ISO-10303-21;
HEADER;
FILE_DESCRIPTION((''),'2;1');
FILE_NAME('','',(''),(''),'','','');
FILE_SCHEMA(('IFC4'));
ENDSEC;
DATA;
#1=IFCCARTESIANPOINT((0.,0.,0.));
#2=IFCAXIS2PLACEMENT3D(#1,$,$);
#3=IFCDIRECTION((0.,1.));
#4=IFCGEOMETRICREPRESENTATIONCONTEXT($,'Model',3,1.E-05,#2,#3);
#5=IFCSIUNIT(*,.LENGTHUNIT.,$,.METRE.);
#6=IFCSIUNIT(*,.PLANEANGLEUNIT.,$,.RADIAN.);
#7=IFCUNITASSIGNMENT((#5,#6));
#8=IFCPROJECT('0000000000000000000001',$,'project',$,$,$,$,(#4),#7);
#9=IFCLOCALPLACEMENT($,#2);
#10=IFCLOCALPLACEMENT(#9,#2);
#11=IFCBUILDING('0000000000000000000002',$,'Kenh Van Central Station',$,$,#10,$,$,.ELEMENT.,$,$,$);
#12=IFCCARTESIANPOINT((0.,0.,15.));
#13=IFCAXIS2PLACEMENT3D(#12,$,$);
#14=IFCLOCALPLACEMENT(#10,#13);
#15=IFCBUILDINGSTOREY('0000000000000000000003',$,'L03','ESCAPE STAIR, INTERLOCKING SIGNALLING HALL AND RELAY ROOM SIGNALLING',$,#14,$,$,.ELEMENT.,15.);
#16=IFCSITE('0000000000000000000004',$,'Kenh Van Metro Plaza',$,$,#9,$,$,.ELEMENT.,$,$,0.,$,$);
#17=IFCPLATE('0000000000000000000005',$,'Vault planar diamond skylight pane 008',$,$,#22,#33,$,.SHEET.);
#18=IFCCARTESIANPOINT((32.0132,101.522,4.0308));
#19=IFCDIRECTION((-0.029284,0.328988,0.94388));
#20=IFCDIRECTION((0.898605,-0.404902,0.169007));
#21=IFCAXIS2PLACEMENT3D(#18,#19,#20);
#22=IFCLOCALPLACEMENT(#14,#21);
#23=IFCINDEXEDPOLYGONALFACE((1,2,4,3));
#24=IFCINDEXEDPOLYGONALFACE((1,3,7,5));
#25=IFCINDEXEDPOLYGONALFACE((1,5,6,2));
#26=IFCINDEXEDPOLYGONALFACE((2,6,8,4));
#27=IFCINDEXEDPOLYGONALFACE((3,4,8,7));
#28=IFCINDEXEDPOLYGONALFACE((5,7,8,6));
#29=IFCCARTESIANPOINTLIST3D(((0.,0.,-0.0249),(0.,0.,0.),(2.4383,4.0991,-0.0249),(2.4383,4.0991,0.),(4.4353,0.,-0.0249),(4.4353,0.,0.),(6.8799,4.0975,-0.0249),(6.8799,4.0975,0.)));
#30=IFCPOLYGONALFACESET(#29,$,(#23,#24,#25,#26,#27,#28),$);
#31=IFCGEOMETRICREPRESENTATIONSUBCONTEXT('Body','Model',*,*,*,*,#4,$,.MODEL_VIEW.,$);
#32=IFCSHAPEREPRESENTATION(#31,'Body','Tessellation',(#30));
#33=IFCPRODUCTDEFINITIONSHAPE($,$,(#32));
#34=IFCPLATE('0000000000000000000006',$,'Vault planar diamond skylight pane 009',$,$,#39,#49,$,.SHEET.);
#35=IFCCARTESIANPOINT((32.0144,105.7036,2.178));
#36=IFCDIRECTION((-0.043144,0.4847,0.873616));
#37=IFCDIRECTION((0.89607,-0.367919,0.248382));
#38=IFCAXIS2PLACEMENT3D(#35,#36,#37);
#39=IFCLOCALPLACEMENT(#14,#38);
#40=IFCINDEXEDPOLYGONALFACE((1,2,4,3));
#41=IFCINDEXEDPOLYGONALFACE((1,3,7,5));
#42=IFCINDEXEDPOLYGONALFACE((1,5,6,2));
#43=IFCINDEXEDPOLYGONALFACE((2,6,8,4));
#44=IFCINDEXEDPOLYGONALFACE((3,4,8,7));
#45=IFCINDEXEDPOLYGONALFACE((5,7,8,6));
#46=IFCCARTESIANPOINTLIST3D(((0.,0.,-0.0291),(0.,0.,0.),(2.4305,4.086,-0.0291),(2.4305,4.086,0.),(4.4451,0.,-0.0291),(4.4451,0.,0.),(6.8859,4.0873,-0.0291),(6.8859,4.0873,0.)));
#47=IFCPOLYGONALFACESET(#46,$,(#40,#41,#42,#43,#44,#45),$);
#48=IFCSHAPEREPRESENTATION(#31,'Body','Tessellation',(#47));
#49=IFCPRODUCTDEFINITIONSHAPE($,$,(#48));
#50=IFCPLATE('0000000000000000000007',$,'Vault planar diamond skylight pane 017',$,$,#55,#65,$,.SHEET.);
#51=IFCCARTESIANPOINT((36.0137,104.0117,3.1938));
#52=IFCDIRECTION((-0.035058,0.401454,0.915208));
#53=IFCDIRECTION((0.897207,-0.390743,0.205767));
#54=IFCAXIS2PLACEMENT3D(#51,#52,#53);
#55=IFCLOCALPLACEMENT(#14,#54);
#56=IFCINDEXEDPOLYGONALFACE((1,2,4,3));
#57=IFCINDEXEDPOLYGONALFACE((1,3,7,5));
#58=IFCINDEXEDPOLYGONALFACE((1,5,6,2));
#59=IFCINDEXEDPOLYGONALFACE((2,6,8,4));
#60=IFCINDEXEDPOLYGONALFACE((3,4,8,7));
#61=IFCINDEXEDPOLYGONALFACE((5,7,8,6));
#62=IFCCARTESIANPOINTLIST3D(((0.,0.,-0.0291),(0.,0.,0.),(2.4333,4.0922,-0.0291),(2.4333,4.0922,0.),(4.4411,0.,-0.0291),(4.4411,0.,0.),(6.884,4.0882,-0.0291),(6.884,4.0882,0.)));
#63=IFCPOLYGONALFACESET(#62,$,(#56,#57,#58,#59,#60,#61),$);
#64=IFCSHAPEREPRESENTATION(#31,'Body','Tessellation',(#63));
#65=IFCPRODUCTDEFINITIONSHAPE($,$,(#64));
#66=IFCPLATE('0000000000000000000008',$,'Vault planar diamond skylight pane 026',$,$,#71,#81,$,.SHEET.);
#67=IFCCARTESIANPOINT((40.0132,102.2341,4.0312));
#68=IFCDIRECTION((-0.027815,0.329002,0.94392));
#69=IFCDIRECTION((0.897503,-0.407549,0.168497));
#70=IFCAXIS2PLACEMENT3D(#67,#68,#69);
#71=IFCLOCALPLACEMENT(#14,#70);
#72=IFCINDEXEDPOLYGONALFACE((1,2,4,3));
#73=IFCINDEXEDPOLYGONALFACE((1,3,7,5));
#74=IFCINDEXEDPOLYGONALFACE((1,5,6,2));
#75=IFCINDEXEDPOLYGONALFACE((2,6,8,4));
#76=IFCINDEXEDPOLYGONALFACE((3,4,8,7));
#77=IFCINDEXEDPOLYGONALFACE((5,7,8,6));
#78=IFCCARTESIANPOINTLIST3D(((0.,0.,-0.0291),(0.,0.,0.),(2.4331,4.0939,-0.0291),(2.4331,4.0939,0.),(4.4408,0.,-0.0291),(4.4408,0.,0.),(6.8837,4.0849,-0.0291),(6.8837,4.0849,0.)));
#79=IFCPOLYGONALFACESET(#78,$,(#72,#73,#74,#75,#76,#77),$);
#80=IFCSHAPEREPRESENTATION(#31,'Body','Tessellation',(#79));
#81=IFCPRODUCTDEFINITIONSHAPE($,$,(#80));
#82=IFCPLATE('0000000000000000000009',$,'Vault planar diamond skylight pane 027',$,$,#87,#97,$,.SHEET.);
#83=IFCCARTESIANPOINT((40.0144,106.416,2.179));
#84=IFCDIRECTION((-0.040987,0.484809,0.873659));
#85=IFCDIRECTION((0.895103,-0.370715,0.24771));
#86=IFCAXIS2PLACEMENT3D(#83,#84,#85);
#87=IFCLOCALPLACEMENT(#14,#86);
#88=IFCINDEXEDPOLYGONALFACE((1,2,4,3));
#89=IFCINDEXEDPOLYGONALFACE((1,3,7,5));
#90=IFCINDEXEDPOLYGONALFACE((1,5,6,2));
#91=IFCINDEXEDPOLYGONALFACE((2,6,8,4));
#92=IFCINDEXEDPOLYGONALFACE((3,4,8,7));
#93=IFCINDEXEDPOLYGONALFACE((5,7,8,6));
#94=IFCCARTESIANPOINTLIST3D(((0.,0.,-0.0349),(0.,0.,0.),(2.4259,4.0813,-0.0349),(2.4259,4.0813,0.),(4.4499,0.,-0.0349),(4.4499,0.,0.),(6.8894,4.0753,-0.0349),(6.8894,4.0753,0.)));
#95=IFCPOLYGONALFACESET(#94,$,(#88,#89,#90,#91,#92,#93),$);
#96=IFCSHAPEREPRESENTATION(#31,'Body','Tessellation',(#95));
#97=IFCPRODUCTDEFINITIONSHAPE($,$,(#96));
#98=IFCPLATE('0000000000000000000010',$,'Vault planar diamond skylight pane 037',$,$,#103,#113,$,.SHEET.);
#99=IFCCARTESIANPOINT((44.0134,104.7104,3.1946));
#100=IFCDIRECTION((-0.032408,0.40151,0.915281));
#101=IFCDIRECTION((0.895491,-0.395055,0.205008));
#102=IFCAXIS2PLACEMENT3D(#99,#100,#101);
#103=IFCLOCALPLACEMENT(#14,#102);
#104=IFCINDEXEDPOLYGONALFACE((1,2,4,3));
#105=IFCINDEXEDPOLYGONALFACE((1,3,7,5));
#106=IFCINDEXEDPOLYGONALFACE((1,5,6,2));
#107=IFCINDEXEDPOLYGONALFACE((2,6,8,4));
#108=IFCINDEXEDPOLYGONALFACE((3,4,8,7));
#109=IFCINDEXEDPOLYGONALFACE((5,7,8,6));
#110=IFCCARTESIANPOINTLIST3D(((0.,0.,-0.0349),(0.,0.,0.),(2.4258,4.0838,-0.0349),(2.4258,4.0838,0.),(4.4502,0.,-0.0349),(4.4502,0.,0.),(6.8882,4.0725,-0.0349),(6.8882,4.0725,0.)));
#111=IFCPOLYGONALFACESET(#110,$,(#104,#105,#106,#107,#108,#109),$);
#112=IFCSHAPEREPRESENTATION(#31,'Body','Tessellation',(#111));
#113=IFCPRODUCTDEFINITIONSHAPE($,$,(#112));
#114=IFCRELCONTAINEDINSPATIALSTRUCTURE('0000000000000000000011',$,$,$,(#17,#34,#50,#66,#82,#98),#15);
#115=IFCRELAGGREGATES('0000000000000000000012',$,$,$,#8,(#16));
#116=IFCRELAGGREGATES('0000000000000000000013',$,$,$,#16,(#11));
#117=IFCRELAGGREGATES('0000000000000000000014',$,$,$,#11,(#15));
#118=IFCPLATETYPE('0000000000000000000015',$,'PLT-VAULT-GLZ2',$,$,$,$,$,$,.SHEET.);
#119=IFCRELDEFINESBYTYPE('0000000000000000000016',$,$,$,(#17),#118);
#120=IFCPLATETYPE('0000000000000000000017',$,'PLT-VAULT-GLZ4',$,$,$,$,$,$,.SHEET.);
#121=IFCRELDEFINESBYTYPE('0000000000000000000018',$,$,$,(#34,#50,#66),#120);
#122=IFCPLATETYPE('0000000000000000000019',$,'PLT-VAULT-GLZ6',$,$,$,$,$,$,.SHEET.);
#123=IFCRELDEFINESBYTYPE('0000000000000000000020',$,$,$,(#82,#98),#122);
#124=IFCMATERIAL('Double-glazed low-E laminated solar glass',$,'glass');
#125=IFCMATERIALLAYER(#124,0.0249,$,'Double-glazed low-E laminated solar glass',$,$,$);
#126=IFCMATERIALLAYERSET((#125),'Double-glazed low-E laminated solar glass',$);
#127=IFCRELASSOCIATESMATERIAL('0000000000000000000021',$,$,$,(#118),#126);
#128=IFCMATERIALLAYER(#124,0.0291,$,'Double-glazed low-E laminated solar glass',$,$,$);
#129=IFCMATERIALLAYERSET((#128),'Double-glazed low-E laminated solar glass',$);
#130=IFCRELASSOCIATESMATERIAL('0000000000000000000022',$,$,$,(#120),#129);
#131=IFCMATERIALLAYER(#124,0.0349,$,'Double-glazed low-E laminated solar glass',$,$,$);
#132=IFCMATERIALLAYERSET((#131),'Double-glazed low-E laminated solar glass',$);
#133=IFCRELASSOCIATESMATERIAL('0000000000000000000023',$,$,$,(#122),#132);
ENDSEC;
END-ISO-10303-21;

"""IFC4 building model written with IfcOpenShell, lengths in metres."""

from ifc_helpers import new_model, si_unit, direction, frame, origin, place, context, subcontext, project, spatial, polyline, outline, extrude, material, layer, layer_set, type_object, element, save


model = new_model("IFC4")

# Units and contexts
model_context = context("Model", 3, precision=1e-05, world=origin(), true_north=direction((0.0, 1.0)))
body_context = subcontext(model_context, "Body", "Model", "MODEL_VIEW")
ifc_project = project(units=[si_unit("LENGTHUNIT", "METRE"), si_unit("PLANEANGLEUNIT", "RADIAN")], contexts=[model_context])

# Site, building, storey
site_placement = place(None, origin())
site = spatial("IfcSite", under=ifc_project, at=site_placement, Name="Kenh Van Metro Plaza", CompositionType="ELEMENT", RefElevation=0.0)
building_placement = place(site_placement, origin())
building = spatial("IfcBuilding", under=site, at=building_placement, Name="Kenh Van Central Station", CompositionType="ELEMENT")
storey_placement = place(building_placement, frame((0.0, 0.0, 15.0)))
storey = spatial("IfcBuildingStorey", under=building, at=storey_placement, Name="L03", Description="ESCAPE STAIR, INTERLOCKING SIGNALLING HALL AND RELAY ROOM SIGNALLING", CompositionType="ELEMENT", Elevation=15.0)

# Plates
ifc_material_1 = material(Name="Double-glazed low-E laminated solar glass", Category="glass")
ifc_layer_1 = layer(ifc_material_1, 0.0249, Name="Double-glazed low-E laminated solar glass")
ifc_layer_set_1 = layer_set([ifc_layer_1], Name="Double-glazed low-E laminated solar glass")
plate_type_1 = type_object("IfcPlateType", Name="PLT-VAULT-GLZ2", PredefinedType="SHEET", material=ifc_layer_set_1)
plate_1_placement = place(storey_placement, frame((32.0132, 101.522, 4.0308), z_axis=(-0.029284, 0.328988, 0.94388), x_axis=(0.898605, -0.404902, 0.169007)))
element("IfcPlate", 1, at=plate_1_placement, inside=storey, type_object=plate_type_1, Name="Vault planar diamond skylight pane 008", PredefinedType="SHEET", context=body_context, shape_type="SweptSolid", body=[
    extrude(outline(polyline([(0.0, 0.0), (4.4353, 0.0), (6.8799, 4.0975), (2.4383, 4.0991), (0.0, 0.0)])), origin(), (0.0, 0.0, -1.0), 0.0249),
])
ifc_layer_2 = layer(ifc_material_1, 0.0291, Name="Double-glazed low-E laminated solar glass")
ifc_layer_set_2 = layer_set([ifc_layer_2], Name="Double-glazed low-E laminated solar glass")
plate_type_2 = type_object("IfcPlateType", Name="PLT-VAULT-GLZ4", PredefinedType="SHEET", material=ifc_layer_set_2)
plate_2_placement = place(storey_placement, frame((32.0144, 105.7036, 2.178), z_axis=(-0.043144, 0.4847, 0.873616), x_axis=(0.89607, -0.367919, 0.248382)))
element("IfcPlate", 2, at=plate_2_placement, inside=storey, type_object=plate_type_2, Name="Vault planar diamond skylight pane 009", PredefinedType="SHEET", context=body_context, shape_type="SweptSolid", body=[
    extrude(outline(polyline([(0.0, 0.0), (4.4451, 0.0), (6.8859, 4.0873), (2.4305, 4.086), (0.0, 0.0)])), origin(), (0.0, 0.0, -1.0), 0.0291),
])
plate_3_placement = place(storey_placement, frame((36.0137, 104.0117, 3.1938), z_axis=(-0.035058, 0.401454, 0.915208), x_axis=(0.897207, -0.390743, 0.205767)))
element("IfcPlate", 3, at=plate_3_placement, inside=storey, type_object=plate_type_2, Name="Vault planar diamond skylight pane 017", PredefinedType="SHEET", context=body_context, shape_type="SweptSolid", body=[
    extrude(outline(polyline([(0.0, 0.0), (4.4411, 0.0), (6.884, 4.0882), (2.4333, 4.0922), (0.0, 0.0)])), origin(), (0.0, 0.0, -1.0), 0.0291),
])
plate_4_placement = place(storey_placement, frame((40.0132, 102.2341, 4.0312), z_axis=(-0.027815, 0.329002, 0.94392), x_axis=(0.897503, -0.407549, 0.168497)))
element("IfcPlate", 4, at=plate_4_placement, inside=storey, type_object=plate_type_2, Name="Vault planar diamond skylight pane 026", PredefinedType="SHEET", context=body_context, shape_type="SweptSolid", body=[
    extrude(outline(polyline([(0.0, 0.0), (4.4408, 0.0), (6.8837, 4.0849), (2.4331, 4.0939), (0.0, 0.0)])), origin(), (0.0, 0.0, -1.0), 0.0291),
])
ifc_layer_3 = layer(ifc_material_1, 0.0349, Name="Double-glazed low-E laminated solar glass")
ifc_layer_set_3 = layer_set([ifc_layer_3], Name="Double-glazed low-E laminated solar glass")
plate_type_3 = type_object("IfcPlateType", Name="PLT-VAULT-GLZ6", PredefinedType="SHEET", material=ifc_layer_set_3)
plate_5_placement = place(storey_placement, frame((40.0144, 106.416, 2.179), z_axis=(-0.040987, 0.484809, 0.873659), x_axis=(0.895103, -0.370715, 0.24771)))
element("IfcPlate", 5, at=plate_5_placement, inside=storey, type_object=plate_type_3, Name="Vault planar diamond skylight pane 027", PredefinedType="SHEET", context=body_context, shape_type="SweptSolid", body=[
    extrude(outline(polyline([(0.0, 0.0), (4.4499, 0.0), (6.8894, 4.0753), (2.4259, 4.0813), (0.0, 0.0)])), origin(), (0.0, 0.0, -1.0), 0.0349),
])
plate_6_placement = place(storey_placement, frame((44.0134, 104.7104, 3.1946), z_axis=(-0.032408, 0.40151, 0.915281), x_axis=(0.895491, -0.395055, 0.205008)))
element("IfcPlate", 6, at=plate_6_placement, inside=storey, type_object=plate_type_3, Name="Vault planar diamond skylight pane 037", PredefinedType="SHEET", context=body_context, shape_type="SweptSolid", body=[
    extrude(outline(polyline([(0.0, 0.0), (4.4502, 0.0), (6.8882, 4.0725), (2.4258, 4.0838), (0.0, 0.0)])), origin(), (0.0, 0.0, -1.0), 0.0349),
])

save(model, "model.ifc")
